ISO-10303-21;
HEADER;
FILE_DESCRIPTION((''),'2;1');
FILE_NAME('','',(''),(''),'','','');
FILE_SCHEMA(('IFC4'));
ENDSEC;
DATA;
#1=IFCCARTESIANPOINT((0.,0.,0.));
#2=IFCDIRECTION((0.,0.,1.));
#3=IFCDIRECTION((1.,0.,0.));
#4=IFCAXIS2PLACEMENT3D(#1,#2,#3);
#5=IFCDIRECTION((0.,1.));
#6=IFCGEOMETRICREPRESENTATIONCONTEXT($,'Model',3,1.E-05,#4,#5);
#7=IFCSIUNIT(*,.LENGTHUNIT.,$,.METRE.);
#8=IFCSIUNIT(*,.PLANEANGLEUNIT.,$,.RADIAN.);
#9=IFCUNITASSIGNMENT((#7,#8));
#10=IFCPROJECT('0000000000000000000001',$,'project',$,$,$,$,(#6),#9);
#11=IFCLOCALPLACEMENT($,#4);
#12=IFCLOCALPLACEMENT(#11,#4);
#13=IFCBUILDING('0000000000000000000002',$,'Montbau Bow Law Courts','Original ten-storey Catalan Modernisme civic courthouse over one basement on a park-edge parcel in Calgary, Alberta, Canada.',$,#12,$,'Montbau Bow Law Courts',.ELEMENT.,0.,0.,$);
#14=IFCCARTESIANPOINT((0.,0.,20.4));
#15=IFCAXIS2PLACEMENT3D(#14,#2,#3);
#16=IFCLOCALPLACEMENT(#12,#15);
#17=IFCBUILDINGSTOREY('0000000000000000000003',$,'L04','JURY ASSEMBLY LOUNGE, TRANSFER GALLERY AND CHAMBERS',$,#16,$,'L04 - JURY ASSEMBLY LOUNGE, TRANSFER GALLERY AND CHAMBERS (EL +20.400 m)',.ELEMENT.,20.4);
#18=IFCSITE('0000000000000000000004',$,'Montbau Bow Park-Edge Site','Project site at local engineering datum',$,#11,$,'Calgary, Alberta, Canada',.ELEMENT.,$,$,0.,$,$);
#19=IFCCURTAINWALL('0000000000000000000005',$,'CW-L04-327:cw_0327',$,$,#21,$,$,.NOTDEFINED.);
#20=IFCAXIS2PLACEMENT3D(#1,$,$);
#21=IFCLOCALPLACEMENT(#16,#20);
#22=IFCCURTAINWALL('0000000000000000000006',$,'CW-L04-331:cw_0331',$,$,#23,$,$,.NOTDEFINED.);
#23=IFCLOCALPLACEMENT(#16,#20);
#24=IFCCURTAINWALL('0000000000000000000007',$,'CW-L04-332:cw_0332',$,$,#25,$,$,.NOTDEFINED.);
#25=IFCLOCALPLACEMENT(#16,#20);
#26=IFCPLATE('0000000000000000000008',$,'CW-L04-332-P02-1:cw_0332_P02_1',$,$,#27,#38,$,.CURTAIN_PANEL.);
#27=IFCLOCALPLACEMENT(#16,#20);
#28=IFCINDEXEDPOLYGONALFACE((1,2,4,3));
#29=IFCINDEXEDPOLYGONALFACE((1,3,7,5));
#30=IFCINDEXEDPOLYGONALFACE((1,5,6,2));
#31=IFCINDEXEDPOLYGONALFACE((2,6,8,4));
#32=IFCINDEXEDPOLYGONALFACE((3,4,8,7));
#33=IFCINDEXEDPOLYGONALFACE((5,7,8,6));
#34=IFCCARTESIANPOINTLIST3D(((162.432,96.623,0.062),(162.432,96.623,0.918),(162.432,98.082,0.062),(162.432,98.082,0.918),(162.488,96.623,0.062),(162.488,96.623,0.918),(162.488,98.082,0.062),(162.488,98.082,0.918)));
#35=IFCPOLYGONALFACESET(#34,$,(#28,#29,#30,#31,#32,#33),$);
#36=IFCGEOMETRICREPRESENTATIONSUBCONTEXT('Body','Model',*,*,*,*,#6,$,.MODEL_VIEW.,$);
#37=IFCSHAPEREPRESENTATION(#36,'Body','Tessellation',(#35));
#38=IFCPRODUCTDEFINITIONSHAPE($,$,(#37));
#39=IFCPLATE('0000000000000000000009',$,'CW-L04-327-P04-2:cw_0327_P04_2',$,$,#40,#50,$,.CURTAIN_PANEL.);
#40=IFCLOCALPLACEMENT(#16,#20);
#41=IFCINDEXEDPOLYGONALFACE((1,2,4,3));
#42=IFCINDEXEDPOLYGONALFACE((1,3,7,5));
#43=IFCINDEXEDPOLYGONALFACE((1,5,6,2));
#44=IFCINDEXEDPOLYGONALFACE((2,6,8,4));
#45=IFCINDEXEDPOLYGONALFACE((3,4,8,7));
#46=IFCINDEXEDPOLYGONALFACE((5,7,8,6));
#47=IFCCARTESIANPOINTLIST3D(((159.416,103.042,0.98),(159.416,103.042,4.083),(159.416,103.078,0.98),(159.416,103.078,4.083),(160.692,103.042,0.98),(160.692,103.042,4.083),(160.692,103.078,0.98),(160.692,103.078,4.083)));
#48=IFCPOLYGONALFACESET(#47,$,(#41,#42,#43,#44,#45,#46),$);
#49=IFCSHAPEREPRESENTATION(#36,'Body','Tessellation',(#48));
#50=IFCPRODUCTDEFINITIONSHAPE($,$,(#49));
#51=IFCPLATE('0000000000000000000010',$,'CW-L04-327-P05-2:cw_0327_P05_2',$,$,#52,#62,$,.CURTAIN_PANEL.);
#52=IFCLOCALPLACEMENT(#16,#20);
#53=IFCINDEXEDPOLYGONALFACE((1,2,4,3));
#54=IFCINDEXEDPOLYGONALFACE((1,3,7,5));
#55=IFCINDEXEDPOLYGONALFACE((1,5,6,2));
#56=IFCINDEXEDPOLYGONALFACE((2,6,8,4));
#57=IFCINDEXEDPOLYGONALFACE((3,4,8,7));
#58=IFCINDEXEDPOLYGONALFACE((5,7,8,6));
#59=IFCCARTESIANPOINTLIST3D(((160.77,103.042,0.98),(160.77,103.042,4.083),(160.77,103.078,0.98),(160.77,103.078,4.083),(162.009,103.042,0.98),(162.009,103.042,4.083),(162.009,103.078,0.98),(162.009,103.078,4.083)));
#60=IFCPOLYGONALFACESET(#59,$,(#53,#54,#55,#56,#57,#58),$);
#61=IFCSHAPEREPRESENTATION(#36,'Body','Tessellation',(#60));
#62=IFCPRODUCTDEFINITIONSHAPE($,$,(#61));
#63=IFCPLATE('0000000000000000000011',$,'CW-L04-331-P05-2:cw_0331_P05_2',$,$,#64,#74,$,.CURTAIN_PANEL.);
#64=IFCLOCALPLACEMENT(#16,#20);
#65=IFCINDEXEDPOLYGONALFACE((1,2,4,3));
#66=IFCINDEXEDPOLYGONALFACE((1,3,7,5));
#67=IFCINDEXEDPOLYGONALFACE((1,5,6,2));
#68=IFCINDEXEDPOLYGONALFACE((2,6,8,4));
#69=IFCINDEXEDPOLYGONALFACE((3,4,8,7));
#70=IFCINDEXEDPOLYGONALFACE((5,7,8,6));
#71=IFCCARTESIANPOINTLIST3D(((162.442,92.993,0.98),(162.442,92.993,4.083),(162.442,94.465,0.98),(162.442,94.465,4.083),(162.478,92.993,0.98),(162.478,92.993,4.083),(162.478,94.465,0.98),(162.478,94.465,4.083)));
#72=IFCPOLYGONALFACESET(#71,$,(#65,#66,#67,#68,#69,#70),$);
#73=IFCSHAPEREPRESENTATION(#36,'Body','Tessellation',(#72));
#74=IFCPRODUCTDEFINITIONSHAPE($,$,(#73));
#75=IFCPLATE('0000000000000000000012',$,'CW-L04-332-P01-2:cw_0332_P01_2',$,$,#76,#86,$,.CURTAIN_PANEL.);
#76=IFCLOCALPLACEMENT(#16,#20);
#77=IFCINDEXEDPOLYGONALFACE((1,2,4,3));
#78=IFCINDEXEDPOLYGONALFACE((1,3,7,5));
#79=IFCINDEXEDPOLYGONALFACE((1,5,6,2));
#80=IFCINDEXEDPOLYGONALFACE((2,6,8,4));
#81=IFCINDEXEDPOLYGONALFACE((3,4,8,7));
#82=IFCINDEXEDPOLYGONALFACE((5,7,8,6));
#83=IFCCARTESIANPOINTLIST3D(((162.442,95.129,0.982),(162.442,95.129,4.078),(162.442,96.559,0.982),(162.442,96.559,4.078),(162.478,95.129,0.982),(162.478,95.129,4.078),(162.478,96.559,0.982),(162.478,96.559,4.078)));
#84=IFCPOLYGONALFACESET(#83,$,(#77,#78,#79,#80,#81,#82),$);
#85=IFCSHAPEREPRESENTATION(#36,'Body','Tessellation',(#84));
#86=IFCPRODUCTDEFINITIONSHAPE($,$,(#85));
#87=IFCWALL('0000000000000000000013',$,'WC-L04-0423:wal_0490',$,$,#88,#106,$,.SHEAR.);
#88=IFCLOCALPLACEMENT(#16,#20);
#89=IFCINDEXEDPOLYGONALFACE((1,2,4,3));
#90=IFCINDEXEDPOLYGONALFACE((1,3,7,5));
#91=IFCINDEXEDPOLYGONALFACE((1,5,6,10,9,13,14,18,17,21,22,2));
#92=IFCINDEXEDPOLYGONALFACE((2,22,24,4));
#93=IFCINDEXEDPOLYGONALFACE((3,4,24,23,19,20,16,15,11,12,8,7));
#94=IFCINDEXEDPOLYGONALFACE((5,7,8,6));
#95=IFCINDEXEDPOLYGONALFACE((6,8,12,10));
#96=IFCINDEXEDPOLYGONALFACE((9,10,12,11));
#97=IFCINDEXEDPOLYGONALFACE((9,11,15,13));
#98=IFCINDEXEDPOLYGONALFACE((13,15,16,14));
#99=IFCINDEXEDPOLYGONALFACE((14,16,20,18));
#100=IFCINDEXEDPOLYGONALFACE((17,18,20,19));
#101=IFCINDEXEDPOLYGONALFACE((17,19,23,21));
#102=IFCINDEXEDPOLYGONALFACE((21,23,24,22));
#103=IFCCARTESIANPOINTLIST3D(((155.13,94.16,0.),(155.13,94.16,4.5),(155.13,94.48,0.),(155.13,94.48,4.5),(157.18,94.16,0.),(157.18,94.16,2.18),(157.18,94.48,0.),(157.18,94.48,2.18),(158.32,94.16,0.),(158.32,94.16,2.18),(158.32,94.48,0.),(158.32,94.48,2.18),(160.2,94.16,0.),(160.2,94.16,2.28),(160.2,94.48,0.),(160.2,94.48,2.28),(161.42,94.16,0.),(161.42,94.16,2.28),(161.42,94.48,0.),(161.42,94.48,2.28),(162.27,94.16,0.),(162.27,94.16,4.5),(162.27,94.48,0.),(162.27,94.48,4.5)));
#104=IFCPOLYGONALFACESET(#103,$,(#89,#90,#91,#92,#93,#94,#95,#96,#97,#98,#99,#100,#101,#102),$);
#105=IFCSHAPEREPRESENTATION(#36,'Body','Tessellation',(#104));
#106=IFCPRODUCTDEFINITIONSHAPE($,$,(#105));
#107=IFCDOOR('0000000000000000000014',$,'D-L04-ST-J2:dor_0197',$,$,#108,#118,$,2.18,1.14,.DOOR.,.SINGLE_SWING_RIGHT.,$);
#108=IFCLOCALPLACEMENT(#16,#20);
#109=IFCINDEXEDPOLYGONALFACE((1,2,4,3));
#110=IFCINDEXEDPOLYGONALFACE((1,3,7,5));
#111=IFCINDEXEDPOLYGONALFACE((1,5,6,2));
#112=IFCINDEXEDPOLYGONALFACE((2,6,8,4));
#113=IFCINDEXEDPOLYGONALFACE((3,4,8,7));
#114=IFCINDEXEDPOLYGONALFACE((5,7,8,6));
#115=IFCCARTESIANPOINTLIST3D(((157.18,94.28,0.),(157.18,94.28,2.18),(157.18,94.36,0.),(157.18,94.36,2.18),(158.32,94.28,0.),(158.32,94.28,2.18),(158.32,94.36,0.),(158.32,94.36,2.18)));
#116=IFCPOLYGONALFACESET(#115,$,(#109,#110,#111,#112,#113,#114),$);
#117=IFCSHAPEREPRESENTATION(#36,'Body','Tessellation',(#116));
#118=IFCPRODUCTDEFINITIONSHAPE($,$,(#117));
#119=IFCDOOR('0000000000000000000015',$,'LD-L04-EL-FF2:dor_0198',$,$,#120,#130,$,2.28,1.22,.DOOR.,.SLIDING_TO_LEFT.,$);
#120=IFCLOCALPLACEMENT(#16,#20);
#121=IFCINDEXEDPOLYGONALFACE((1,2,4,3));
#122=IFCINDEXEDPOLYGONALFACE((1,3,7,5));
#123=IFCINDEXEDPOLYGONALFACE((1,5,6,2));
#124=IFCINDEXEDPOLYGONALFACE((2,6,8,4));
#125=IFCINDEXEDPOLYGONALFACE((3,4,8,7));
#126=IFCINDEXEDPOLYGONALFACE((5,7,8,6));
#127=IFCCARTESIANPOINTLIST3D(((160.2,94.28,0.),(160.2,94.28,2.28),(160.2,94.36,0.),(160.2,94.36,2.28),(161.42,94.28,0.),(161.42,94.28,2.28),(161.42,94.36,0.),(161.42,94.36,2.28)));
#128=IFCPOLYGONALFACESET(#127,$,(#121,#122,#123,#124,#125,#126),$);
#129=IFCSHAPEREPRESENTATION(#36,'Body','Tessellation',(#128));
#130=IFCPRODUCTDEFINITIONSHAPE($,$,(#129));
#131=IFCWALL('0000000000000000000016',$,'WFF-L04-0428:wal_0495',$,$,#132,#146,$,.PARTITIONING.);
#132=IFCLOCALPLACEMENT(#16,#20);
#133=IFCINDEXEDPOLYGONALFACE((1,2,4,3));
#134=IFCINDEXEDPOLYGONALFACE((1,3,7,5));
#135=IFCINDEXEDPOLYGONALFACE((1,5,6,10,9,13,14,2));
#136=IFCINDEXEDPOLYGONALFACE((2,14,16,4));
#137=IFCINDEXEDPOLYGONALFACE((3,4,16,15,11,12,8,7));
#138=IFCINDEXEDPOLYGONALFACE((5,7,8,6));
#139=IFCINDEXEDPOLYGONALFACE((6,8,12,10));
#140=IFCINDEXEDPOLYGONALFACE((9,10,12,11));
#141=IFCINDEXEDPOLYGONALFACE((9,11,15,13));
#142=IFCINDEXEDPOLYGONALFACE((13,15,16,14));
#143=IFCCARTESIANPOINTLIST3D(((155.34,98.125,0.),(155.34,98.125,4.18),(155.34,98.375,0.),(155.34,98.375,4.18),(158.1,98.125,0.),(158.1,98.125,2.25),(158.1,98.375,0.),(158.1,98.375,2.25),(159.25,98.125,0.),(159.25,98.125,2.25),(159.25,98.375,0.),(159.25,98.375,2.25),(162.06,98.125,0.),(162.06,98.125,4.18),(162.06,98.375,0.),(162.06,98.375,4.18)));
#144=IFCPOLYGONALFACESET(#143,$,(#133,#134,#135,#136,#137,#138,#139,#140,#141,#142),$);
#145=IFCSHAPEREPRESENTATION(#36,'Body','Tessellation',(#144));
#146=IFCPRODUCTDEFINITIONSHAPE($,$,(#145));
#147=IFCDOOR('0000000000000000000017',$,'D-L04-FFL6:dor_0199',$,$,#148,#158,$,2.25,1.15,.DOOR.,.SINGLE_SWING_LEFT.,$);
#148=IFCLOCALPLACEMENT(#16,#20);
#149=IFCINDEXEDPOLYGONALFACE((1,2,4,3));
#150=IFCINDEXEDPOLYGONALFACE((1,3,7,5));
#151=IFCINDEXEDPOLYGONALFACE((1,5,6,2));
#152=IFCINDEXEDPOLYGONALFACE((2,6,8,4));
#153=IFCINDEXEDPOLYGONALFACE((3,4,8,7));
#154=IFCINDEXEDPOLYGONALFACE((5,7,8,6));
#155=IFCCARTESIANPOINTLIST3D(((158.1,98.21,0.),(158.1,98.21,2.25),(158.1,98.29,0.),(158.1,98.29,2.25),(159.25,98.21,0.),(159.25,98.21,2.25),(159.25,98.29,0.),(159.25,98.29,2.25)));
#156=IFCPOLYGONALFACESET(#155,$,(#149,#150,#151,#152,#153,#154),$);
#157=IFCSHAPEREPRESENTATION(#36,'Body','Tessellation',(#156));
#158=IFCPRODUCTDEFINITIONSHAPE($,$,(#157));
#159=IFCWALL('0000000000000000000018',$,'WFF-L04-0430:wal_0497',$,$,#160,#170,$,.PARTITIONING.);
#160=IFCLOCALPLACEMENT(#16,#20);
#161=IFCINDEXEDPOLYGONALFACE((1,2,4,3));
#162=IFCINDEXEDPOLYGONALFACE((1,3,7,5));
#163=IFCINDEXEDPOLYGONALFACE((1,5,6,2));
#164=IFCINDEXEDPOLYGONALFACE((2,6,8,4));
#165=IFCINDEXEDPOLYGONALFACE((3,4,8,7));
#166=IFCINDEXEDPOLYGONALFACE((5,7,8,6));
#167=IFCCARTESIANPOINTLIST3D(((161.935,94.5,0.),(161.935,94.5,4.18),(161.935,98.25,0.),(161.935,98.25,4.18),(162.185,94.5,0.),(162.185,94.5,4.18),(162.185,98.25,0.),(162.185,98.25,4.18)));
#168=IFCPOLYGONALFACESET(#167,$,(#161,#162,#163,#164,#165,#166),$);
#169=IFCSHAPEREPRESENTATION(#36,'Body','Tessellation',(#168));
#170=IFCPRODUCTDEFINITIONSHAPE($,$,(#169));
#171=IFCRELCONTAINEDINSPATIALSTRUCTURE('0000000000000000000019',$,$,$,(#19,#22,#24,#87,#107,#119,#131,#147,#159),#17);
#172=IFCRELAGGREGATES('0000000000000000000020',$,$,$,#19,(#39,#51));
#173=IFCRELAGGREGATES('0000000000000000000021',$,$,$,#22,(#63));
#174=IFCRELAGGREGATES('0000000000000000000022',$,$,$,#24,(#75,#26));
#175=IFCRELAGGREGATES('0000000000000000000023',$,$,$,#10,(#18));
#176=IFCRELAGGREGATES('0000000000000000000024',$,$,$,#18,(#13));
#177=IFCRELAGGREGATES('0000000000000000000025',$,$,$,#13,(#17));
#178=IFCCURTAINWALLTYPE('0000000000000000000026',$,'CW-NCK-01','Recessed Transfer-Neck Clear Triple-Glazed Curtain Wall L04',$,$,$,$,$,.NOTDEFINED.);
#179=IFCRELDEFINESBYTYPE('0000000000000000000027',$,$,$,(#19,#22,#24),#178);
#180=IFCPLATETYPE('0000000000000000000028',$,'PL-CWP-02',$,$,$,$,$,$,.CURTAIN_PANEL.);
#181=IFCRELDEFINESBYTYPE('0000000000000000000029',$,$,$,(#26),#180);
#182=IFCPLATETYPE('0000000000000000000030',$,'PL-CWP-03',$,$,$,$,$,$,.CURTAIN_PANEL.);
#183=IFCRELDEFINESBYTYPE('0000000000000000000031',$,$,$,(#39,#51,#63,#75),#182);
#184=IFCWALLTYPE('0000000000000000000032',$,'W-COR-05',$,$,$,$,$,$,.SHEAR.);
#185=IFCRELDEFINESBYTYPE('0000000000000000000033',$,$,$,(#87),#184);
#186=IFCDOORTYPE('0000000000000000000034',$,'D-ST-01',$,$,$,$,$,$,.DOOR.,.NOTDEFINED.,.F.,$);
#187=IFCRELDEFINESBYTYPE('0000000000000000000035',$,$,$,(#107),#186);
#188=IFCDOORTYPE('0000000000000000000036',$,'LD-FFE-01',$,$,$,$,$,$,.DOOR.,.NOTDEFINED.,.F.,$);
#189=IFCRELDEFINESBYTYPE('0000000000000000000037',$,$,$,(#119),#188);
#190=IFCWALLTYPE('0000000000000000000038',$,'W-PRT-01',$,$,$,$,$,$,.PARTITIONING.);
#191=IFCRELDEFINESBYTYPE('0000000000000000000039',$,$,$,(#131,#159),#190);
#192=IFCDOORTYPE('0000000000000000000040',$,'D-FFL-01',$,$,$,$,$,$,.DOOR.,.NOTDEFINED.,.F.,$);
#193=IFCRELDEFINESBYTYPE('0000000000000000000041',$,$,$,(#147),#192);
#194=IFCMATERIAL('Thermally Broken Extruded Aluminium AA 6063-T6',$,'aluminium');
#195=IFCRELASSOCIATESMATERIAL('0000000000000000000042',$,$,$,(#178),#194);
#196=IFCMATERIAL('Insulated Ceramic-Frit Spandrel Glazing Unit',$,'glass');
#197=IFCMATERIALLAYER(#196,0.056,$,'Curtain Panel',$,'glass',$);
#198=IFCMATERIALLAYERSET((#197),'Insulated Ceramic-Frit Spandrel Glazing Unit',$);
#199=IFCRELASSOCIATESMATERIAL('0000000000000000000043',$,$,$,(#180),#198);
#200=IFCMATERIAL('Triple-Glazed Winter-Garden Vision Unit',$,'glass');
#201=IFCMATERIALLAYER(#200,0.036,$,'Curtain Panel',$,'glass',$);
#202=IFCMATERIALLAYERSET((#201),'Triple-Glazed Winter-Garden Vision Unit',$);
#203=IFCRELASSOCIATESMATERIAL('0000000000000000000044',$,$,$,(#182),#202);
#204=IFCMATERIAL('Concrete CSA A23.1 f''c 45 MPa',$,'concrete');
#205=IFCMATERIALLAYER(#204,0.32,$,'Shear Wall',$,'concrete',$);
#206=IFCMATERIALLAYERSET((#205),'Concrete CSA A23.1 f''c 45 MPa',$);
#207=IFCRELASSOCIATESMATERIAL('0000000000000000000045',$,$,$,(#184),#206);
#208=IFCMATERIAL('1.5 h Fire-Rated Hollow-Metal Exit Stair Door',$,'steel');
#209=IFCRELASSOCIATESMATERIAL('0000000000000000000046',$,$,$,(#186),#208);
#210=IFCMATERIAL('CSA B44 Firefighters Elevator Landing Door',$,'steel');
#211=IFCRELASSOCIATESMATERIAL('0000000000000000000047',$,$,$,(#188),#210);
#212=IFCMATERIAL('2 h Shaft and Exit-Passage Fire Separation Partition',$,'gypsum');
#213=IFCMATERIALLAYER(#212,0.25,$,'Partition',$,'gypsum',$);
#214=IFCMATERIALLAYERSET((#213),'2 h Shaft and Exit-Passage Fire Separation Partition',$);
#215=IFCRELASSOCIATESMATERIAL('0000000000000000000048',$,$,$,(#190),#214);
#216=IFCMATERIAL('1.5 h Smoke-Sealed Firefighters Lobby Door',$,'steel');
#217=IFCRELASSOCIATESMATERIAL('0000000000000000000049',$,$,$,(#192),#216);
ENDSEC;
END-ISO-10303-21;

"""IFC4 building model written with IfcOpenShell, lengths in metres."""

from ifc_helpers import new_model, si_unit, direction, frame, frame_2d, origin_with_axes, place, context, subcontext, project, spatial, rectangle, extrude, material, layer, layer_set, type_object, element, fill, aggregate, save


model = new_model("IFC4")

# Units and contexts
model_context = context("Model", 3, precision=1e-05, world=origin_with_axes(), true_north=direction((0.0, 1.0)))
body_context = subcontext(model_context, "Body", "Model", "MODEL_VIEW")
ifc_project = project(units=[si_unit("LENGTHUNIT", "METRE"), si_unit("PLANEANGLEUNIT", "RADIAN")], contexts=[model_context])

# Site, building, storey
site_placement = place(None, origin_with_axes())
site = spatial("IfcSite", under=ifc_project, at=site_placement, Name="Montbau Bow Park-Edge Site", Description="Project site at local engineering datum", LongName="Calgary, Alberta, Canada", CompositionType="ELEMENT", RefElevation=0.0)
building_placement = place(site_placement, origin_with_axes())
building = spatial("IfcBuilding", under=site, at=building_placement, Name="Montbau Bow Law Courts", Description="Original ten-storey Catalan Modernisme civic courthouse over one basement on a park-edge parcel in Calgary, Alberta, Canada.", LongName="Montbau Bow Law Courts", CompositionType="ELEMENT", ElevationOfRefHeight=0.0, ElevationOfTerrain=0.0)
storey_placement = place(building_placement, frame((0.0, 0.0, 20.4), z_axis=(0.0, 0.0, 1.0), x_axis=(1.0, 0.0, 0.0)))
storey = spatial("IfcBuildingStorey", under=building, at=storey_placement, Name="L04", Description="JURY ASSEMBLY LOUNGE, TRANSFER GALLERY AND CHAMBERS", LongName="L04 - JURY ASSEMBLY LOUNGE, TRANSFER GALLERY AND CHAMBERS (EL +20.400 m)", CompositionType="ELEMENT", Elevation=20.4)

# Curtain walls
ifc_material_1 = material(Name="Thermally Broken Extruded Aluminium AA 6063-T6", Category="aluminium")
curtain_wall_type = type_object("IfcCurtainWallType", Name="CW-NCK-01", Description="Recessed Transfer-Neck Clear Triple-Glazed Curtain Wall L04", PredefinedType="NOTDEFINED", material=ifc_material_1)
curtain_wall_1_placement = place(None, frame((155.315, 103.06, 20.4), z_axis=(0.0, 0.0, 1.0), x_axis=(1.0, 0.0, 0.0)))
curtain_wall_1 = element("IfcCurtainWall", 1, at=curtain_wall_1_placement, inside=storey, type_object=curtain_wall_type, Name="CW-L04-327:cw_0327", PredefinedType="NOTDEFINED")
curtain_wall_2_placement = place(None, frame((162.46, 86.668, 20.4), z_axis=(0.0, 0.0, 1.0), x_axis=(1.0, 0.0, 0.0)))
curtain_wall_2 = element("IfcCurtainWall", 2, at=curtain_wall_2_placement, inside=storey, type_object=curtain_wall_type, Name="CW-L04-331:cw_0331", PredefinedType="NOTDEFINED")
curtain_wall_3_placement = place(None, frame((162.46, 95.067, 20.4), z_axis=(0.0, 0.0, 1.0), x_axis=(1.0, 0.0, 0.0)))
curtain_wall_3 = element("IfcCurtainWall", 3, at=curtain_wall_3_placement, inside=storey, type_object=curtain_wall_type, Name="CW-L04-332:cw_0332", PredefinedType="NOTDEFINED")

# Plates
ifc_material_2 = material(Name="Insulated Ceramic-Frit Spandrel Glazing Unit", Category="glass")
ifc_layer_1 = layer(ifc_material_2, 0.056, Name="Curtain Panel", Category="glass")
ifc_layer_set_1 = layer_set([ifc_layer_1], Name="Insulated Ceramic-Frit Spandrel Glazing Unit")
plate_type_1 = type_object("IfcPlateType", Name="PL-CWP-02", PredefinedType="CURTAIN_PANEL", material=ifc_layer_set_1)
plate_1_placement = place(None, frame((162.46, 96.623, 20.462), z_axis=(1.0, 0.0, 0.0), x_axis=(0.0, 1.0, 0.0)))
plate_1 = element("IfcPlate", 4, at=plate_1_placement, type_object=plate_type_1, Name="CW-L04-332-P02-1:cw_0332_P02_1", PredefinedType="CURTAIN_PANEL", context=body_context, shape_type="SweptSolid", body=[
    extrude(rectangle(XDim=1.459, YDim=0.856, at=frame_2d((0.7295, 0.428), x_axis=(1.0, 0.0))), frame((0.0, 0.0, -0.028), z_axis=(0.0, 0.0, 1.0), x_axis=(1.0, 0.0, 0.0)), (0.0, 0.0, 1.0), 0.056),
])
ifc_material_3 = material(Name="Triple-Glazed Winter-Garden Vision Unit", Category="glass")
ifc_layer_2 = layer(ifc_material_3, 0.036, Name="Curtain Panel", Category="glass")
ifc_layer_set_2 = layer_set([ifc_layer_2], Name="Triple-Glazed Winter-Garden Vision Unit")
plate_type_2 = type_object("IfcPlateType", Name="PL-CWP-03", PredefinedType="CURTAIN_PANEL", material=ifc_layer_set_2)
plate_2_placement = place(None, frame((159.416, 103.06, 21.38), z_axis=(0.0, -1.0, 0.0), x_axis=(1.0, 0.0, 0.0)))
plate_2 = element("IfcPlate", 5, at=plate_2_placement, type_object=plate_type_2, Name="CW-L04-327-P04-2:cw_0327_P04_2", PredefinedType="CURTAIN_PANEL", context=body_context, shape_type="SweptSolid", body=[
    extrude(rectangle(XDim=1.276, YDim=3.103, at=frame_2d((0.638, 1.5515), x_axis=(1.0, 0.0))), frame((0.0, 0.0, -0.018), z_axis=(0.0, 0.0, 1.0), x_axis=(1.0, 0.0, 0.0)), (0.0, 0.0, 1.0), 0.036),
])
plate_3_placement = place(None, frame((160.77, 103.06, 21.38), z_axis=(0.0, -1.0, 0.0), x_axis=(1.0, 0.0, 0.0)))
plate_3 = element("IfcPlate", 6, at=plate_3_placement, type_object=plate_type_2, Name="CW-L04-327-P05-2:cw_0327_P05_2", PredefinedType="CURTAIN_PANEL", context=body_context, shape_type="SweptSolid", body=[
    extrude(rectangle(XDim=1.239, YDim=3.103, at=frame_2d((0.6195, 1.5515), x_axis=(1.0, 0.0))), frame((0.0, 0.0, -0.018), z_axis=(0.0, 0.0, 1.0), x_axis=(1.0, 0.0, 0.0)), (0.0, 0.0, 1.0), 0.036),
])
aggregate(curtain_wall_1, [plate_2, plate_3])
plate_4_placement = place(None, frame((162.46, 92.993, 21.38), z_axis=(1.0, 0.0, 0.0), x_axis=(0.0, 1.0, 0.0)))
plate_4 = element("IfcPlate", 7, at=plate_4_placement, type_object=plate_type_2, Name="CW-L04-331-P05-2:cw_0331_P05_2", PredefinedType="CURTAIN_PANEL", context=body_context, shape_type="SweptSolid", body=[
    extrude(rectangle(XDim=1.472, YDim=3.103, at=frame_2d((0.736, 1.5515), x_axis=(1.0, 0.0))), frame((0.0, 0.0, -0.018), z_axis=(0.0, 0.0, 1.0), x_axis=(1.0, 0.0, 0.0)), (0.0, 0.0, 1.0), 0.036),
])
aggregate(curtain_wall_2, [plate_4])
plate_5_placement = place(None, frame((162.46, 95.129, 21.382), z_axis=(1.0, 0.0, 0.0), x_axis=(0.0, 1.0, 0.0)))
plate_5 = element("IfcPlate", 8, at=plate_5_placement, type_object=plate_type_2, Name="CW-L04-332-P01-2:cw_0332_P01_2", PredefinedType="CURTAIN_PANEL", context=body_context, shape_type="SweptSolid", body=[
    extrude(rectangle(XDim=1.43, YDim=3.096, at=frame_2d((0.715, 1.548), x_axis=(1.0, 0.0))), frame((0.0, 0.0, -0.018), z_axis=(0.0, 0.0, 1.0), x_axis=(1.0, 0.0, 0.0)), (0.0, 0.0, 1.0), 0.036),
])
aggregate(curtain_wall_3, [plate_5, plate_1])

# Wall, openings, doors
ifc_material_4 = material(Name="Concrete CSA A23.1 f'c 45 MPa", Category="concrete")
ifc_layer_3 = layer(ifc_material_4, 0.32, Name="Shear Wall", Category="concrete")
ifc_layer_set_3 = layer_set([ifc_layer_3], Name="Concrete CSA A23.1 f'c 45 MPa")
wall_type_1 = type_object("IfcWallType", Name="W-COR-05", PredefinedType="SHEAR", material=ifc_layer_set_3)
wall_1_placement = place(None, frame((162.27, 94.32, 20.4), z_axis=(0.0, 0.0, 1.0), x_axis=(-1.0, 0.0, 0.0)))
wall_1 = element("IfcWall", 9, at=wall_1_placement, inside=storey, type_object=wall_type_1, Name="WC-L04-0423:wal_0490", PredefinedType="SHEAR", context=body_context, shape_type="SweptSolid", body=[
    extrude(rectangle(XDim=7.14, YDim=0.32, at=frame_2d((3.57, 0.0), x_axis=(1.0, 0.0))), origin_with_axes(), (0.0, 0.0, 1.0), 4.5),
])
opening_1_placement = place(None, frame((157.75, 94.32, 20.4), z_axis=(0.0, 0.0, 1.0), x_axis=(-1.0, 0.0, 0.0)))
opening_1 = element("IfcOpeningElement", 10, at=opening_1_placement, cuts=wall_1, PredefinedType="OPENING", context=body_context, shape_type="SweptSolid", body=[
    extrude(rectangle(XDim=1.14, YDim=2.18, at=frame_2d((0.0, 1.09), x_axis=(1.0, 0.0))), frame((0.0, 0.17, 0.0), z_axis=(0.0, -1.0, 0.0), x_axis=(1.0, 0.0, 0.0)), (0.0, 0.0, 1.0), 0.34),
])
opening_2_placement = place(None, frame((160.81, 94.32, 20.4), z_axis=(0.0, 0.0, 1.0), x_axis=(-1.0, 0.0, 0.0)))
opening_2 = element("IfcOpeningElement", 11, at=opening_2_placement, cuts=wall_1, PredefinedType="OPENING", context=body_context, shape_type="SweptSolid", body=[
    extrude(rectangle(XDim=1.22, YDim=2.28, at=frame_2d((0.0, 1.14), x_axis=(1.0, 0.0))), frame((0.0, 0.17, 0.0), z_axis=(0.0, -1.0, 0.0), x_axis=(1.0, 0.0, 0.0)), (0.0, 0.0, 1.0), 0.34),
])
ifc_material_5 = material(Name="1.5 h Fire-Rated Hollow-Metal Exit Stair Door", Category="steel")
door_type_1 = type_object("IfcDoorType", Name="D-ST-01", OperationType="NOTDEFINED", ParameterTakesPrecedence=False, PredefinedType="DOOR", material=ifc_material_5)
door_1_placement = place(None, frame((157.75, 94.32, 20.4), z_axis=(0.0, 0.0, 1.0), x_axis=(1.0, 0.0, 0.0)))
door_1 = element("IfcDoor", 12, at=door_1_placement, inside=storey, type_object=door_type_1, Name="D-L04-ST-J2:dor_0197", OperationType="SINGLE_SWING_RIGHT", OverallHeight=2.18, OverallWidth=1.14, PredefinedType="DOOR", context=body_context, shape_type="SweptSolid", body=[
    extrude(rectangle(XDim=1.14, YDim=2.18, at=frame_2d((0.0, 1.09), x_axis=(1.0, 0.0))), frame((0.0, 0.04, 0.0), z_axis=(0.0, -1.0, 0.0), x_axis=(1.0, 0.0, 0.0)), (0.0, 0.0, 1.0), 0.08),
])
fill(opening_1, door_1)
ifc_material_6 = material(Name="CSA B44 Firefighters Elevator Landing Door", Category="steel")
door_type_2 = type_object("IfcDoorType", Name="LD-FFE-01", OperationType="NOTDEFINED", ParameterTakesPrecedence=False, PredefinedType="DOOR", material=ifc_material_6)
door_2_placement = place(None, frame((160.81, 94.32, 20.4), z_axis=(0.0, 0.0, 1.0), x_axis=(1.0, 0.0, 0.0)))
door_2 = element("IfcDoor", 13, at=door_2_placement, inside=storey, type_object=door_type_2, Name="LD-L04-EL-FF2:dor_0198", OperationType="SLIDING_TO_LEFT", OverallHeight=2.28, OverallWidth=1.22, PredefinedType="DOOR", context=body_context, shape_type="SweptSolid", body=[
    extrude(rectangle(XDim=1.22, YDim=2.28, at=frame_2d((0.0, 1.14), x_axis=(1.0, 0.0))), frame((0.0, 0.04, 0.0), z_axis=(0.0, -1.0, 0.0), x_axis=(1.0, 0.0, 0.0)), (0.0, 0.0, 1.0), 0.08),
])
fill(opening_2, door_2)

# Wall, opening, door
ifc_material_7 = material(Name="2 h Shaft and Exit-Passage Fire Separation Partition", Category="gypsum")
ifc_layer_4 = layer(ifc_material_7, 0.25, Name="Partition", Category="gypsum")
ifc_layer_set_4 = layer_set([ifc_layer_4], Name="2 h Shaft and Exit-Passage Fire Separation Partition")
wall_type_2 = type_object("IfcWallType", Name="W-PRT-01", PredefinedType="PARTITIONING", material=ifc_layer_set_4)
wall_2_placement = place(None, frame((162.06, 98.25, 20.4), z_axis=(0.0, 0.0, 1.0), x_axis=(-1.0, 0.0, 0.0)))
wall_2 = element("IfcWall", 14, at=wall_2_placement, inside=storey, type_object=wall_type_2, Name="WFF-L04-0428:wal_0495", PredefinedType="PARTITIONING", context=body_context, shape_type="SweptSolid", body=[
    extrude(rectangle(XDim=6.72, YDim=0.25, at=frame_2d((3.36, 0.0), x_axis=(1.0, 0.0))), origin_with_axes(), (0.0, 0.0, 1.0), 4.18),
])
opening_3_placement = place(None, frame((158.675, 98.25, 20.4), z_axis=(0.0, 0.0, 1.0), x_axis=(-1.0, 0.0, 0.0)))
opening_3 = element("IfcOpeningElement", 15, at=opening_3_placement, cuts=wall_2, PredefinedType="OPENING", context=body_context, shape_type="SweptSolid", body=[
    extrude(rectangle(XDim=1.15, YDim=2.25, at=frame_2d((0.0, 1.125), x_axis=(1.0, 0.0))), frame((0.0, 0.135, 0.0), z_axis=(0.0, -1.0, 0.0), x_axis=(1.0, 0.0, 0.0)), (0.0, 0.0, 1.0), 0.27),
])
ifc_material_8 = material(Name="1.5 h Smoke-Sealed Firefighters Lobby Door", Category="steel")
door_type_3 = type_object("IfcDoorType", Name="D-FFL-01", OperationType="NOTDEFINED", ParameterTakesPrecedence=False, PredefinedType="DOOR", material=ifc_material_8)
door_3_placement = place(None, frame((158.675, 98.25, 20.4), z_axis=(0.0, 0.0, 1.0), x_axis=(1.0, 0.0, 0.0)))
door_3 = element("IfcDoor", 16, at=door_3_placement, inside=storey, type_object=door_type_3, Name="D-L04-FFL6:dor_0199", OperationType="SINGLE_SWING_LEFT", OverallHeight=2.25, OverallWidth=1.15, PredefinedType="DOOR", context=body_context, shape_type="SweptSolid", body=[
    extrude(rectangle(XDim=1.15, YDim=2.25, at=frame_2d((0.0, 1.125), x_axis=(1.0, 0.0))), frame((0.0, 0.04, 0.0), z_axis=(0.0, -1.0, 0.0), x_axis=(1.0, 0.0, 0.0)), (0.0, 0.0, 1.0), 0.08),
])
fill(opening_3, door_3)

# Wall
wall_3_placement = place(None, frame((162.06, 94.5, 20.4), z_axis=(0.0, 0.0, 1.0), x_axis=(0.0, 1.0, 0.0)))
element("IfcWall", 17, at=wall_3_placement, inside=storey, type_object=wall_type_2, Name="WFF-L04-0430:wal_0497", PredefinedType="PARTITIONING", context=body_context, shape_type="SweptSolid", body=[
    extrude(rectangle(XDim=3.75, YDim=0.25, at=frame_2d((1.875, 0.0), x_axis=(1.0, 0.0))), origin_with_axes(), (0.0, 0.0, 1.0), 4.18),
])

save(model, "model.ifc")
